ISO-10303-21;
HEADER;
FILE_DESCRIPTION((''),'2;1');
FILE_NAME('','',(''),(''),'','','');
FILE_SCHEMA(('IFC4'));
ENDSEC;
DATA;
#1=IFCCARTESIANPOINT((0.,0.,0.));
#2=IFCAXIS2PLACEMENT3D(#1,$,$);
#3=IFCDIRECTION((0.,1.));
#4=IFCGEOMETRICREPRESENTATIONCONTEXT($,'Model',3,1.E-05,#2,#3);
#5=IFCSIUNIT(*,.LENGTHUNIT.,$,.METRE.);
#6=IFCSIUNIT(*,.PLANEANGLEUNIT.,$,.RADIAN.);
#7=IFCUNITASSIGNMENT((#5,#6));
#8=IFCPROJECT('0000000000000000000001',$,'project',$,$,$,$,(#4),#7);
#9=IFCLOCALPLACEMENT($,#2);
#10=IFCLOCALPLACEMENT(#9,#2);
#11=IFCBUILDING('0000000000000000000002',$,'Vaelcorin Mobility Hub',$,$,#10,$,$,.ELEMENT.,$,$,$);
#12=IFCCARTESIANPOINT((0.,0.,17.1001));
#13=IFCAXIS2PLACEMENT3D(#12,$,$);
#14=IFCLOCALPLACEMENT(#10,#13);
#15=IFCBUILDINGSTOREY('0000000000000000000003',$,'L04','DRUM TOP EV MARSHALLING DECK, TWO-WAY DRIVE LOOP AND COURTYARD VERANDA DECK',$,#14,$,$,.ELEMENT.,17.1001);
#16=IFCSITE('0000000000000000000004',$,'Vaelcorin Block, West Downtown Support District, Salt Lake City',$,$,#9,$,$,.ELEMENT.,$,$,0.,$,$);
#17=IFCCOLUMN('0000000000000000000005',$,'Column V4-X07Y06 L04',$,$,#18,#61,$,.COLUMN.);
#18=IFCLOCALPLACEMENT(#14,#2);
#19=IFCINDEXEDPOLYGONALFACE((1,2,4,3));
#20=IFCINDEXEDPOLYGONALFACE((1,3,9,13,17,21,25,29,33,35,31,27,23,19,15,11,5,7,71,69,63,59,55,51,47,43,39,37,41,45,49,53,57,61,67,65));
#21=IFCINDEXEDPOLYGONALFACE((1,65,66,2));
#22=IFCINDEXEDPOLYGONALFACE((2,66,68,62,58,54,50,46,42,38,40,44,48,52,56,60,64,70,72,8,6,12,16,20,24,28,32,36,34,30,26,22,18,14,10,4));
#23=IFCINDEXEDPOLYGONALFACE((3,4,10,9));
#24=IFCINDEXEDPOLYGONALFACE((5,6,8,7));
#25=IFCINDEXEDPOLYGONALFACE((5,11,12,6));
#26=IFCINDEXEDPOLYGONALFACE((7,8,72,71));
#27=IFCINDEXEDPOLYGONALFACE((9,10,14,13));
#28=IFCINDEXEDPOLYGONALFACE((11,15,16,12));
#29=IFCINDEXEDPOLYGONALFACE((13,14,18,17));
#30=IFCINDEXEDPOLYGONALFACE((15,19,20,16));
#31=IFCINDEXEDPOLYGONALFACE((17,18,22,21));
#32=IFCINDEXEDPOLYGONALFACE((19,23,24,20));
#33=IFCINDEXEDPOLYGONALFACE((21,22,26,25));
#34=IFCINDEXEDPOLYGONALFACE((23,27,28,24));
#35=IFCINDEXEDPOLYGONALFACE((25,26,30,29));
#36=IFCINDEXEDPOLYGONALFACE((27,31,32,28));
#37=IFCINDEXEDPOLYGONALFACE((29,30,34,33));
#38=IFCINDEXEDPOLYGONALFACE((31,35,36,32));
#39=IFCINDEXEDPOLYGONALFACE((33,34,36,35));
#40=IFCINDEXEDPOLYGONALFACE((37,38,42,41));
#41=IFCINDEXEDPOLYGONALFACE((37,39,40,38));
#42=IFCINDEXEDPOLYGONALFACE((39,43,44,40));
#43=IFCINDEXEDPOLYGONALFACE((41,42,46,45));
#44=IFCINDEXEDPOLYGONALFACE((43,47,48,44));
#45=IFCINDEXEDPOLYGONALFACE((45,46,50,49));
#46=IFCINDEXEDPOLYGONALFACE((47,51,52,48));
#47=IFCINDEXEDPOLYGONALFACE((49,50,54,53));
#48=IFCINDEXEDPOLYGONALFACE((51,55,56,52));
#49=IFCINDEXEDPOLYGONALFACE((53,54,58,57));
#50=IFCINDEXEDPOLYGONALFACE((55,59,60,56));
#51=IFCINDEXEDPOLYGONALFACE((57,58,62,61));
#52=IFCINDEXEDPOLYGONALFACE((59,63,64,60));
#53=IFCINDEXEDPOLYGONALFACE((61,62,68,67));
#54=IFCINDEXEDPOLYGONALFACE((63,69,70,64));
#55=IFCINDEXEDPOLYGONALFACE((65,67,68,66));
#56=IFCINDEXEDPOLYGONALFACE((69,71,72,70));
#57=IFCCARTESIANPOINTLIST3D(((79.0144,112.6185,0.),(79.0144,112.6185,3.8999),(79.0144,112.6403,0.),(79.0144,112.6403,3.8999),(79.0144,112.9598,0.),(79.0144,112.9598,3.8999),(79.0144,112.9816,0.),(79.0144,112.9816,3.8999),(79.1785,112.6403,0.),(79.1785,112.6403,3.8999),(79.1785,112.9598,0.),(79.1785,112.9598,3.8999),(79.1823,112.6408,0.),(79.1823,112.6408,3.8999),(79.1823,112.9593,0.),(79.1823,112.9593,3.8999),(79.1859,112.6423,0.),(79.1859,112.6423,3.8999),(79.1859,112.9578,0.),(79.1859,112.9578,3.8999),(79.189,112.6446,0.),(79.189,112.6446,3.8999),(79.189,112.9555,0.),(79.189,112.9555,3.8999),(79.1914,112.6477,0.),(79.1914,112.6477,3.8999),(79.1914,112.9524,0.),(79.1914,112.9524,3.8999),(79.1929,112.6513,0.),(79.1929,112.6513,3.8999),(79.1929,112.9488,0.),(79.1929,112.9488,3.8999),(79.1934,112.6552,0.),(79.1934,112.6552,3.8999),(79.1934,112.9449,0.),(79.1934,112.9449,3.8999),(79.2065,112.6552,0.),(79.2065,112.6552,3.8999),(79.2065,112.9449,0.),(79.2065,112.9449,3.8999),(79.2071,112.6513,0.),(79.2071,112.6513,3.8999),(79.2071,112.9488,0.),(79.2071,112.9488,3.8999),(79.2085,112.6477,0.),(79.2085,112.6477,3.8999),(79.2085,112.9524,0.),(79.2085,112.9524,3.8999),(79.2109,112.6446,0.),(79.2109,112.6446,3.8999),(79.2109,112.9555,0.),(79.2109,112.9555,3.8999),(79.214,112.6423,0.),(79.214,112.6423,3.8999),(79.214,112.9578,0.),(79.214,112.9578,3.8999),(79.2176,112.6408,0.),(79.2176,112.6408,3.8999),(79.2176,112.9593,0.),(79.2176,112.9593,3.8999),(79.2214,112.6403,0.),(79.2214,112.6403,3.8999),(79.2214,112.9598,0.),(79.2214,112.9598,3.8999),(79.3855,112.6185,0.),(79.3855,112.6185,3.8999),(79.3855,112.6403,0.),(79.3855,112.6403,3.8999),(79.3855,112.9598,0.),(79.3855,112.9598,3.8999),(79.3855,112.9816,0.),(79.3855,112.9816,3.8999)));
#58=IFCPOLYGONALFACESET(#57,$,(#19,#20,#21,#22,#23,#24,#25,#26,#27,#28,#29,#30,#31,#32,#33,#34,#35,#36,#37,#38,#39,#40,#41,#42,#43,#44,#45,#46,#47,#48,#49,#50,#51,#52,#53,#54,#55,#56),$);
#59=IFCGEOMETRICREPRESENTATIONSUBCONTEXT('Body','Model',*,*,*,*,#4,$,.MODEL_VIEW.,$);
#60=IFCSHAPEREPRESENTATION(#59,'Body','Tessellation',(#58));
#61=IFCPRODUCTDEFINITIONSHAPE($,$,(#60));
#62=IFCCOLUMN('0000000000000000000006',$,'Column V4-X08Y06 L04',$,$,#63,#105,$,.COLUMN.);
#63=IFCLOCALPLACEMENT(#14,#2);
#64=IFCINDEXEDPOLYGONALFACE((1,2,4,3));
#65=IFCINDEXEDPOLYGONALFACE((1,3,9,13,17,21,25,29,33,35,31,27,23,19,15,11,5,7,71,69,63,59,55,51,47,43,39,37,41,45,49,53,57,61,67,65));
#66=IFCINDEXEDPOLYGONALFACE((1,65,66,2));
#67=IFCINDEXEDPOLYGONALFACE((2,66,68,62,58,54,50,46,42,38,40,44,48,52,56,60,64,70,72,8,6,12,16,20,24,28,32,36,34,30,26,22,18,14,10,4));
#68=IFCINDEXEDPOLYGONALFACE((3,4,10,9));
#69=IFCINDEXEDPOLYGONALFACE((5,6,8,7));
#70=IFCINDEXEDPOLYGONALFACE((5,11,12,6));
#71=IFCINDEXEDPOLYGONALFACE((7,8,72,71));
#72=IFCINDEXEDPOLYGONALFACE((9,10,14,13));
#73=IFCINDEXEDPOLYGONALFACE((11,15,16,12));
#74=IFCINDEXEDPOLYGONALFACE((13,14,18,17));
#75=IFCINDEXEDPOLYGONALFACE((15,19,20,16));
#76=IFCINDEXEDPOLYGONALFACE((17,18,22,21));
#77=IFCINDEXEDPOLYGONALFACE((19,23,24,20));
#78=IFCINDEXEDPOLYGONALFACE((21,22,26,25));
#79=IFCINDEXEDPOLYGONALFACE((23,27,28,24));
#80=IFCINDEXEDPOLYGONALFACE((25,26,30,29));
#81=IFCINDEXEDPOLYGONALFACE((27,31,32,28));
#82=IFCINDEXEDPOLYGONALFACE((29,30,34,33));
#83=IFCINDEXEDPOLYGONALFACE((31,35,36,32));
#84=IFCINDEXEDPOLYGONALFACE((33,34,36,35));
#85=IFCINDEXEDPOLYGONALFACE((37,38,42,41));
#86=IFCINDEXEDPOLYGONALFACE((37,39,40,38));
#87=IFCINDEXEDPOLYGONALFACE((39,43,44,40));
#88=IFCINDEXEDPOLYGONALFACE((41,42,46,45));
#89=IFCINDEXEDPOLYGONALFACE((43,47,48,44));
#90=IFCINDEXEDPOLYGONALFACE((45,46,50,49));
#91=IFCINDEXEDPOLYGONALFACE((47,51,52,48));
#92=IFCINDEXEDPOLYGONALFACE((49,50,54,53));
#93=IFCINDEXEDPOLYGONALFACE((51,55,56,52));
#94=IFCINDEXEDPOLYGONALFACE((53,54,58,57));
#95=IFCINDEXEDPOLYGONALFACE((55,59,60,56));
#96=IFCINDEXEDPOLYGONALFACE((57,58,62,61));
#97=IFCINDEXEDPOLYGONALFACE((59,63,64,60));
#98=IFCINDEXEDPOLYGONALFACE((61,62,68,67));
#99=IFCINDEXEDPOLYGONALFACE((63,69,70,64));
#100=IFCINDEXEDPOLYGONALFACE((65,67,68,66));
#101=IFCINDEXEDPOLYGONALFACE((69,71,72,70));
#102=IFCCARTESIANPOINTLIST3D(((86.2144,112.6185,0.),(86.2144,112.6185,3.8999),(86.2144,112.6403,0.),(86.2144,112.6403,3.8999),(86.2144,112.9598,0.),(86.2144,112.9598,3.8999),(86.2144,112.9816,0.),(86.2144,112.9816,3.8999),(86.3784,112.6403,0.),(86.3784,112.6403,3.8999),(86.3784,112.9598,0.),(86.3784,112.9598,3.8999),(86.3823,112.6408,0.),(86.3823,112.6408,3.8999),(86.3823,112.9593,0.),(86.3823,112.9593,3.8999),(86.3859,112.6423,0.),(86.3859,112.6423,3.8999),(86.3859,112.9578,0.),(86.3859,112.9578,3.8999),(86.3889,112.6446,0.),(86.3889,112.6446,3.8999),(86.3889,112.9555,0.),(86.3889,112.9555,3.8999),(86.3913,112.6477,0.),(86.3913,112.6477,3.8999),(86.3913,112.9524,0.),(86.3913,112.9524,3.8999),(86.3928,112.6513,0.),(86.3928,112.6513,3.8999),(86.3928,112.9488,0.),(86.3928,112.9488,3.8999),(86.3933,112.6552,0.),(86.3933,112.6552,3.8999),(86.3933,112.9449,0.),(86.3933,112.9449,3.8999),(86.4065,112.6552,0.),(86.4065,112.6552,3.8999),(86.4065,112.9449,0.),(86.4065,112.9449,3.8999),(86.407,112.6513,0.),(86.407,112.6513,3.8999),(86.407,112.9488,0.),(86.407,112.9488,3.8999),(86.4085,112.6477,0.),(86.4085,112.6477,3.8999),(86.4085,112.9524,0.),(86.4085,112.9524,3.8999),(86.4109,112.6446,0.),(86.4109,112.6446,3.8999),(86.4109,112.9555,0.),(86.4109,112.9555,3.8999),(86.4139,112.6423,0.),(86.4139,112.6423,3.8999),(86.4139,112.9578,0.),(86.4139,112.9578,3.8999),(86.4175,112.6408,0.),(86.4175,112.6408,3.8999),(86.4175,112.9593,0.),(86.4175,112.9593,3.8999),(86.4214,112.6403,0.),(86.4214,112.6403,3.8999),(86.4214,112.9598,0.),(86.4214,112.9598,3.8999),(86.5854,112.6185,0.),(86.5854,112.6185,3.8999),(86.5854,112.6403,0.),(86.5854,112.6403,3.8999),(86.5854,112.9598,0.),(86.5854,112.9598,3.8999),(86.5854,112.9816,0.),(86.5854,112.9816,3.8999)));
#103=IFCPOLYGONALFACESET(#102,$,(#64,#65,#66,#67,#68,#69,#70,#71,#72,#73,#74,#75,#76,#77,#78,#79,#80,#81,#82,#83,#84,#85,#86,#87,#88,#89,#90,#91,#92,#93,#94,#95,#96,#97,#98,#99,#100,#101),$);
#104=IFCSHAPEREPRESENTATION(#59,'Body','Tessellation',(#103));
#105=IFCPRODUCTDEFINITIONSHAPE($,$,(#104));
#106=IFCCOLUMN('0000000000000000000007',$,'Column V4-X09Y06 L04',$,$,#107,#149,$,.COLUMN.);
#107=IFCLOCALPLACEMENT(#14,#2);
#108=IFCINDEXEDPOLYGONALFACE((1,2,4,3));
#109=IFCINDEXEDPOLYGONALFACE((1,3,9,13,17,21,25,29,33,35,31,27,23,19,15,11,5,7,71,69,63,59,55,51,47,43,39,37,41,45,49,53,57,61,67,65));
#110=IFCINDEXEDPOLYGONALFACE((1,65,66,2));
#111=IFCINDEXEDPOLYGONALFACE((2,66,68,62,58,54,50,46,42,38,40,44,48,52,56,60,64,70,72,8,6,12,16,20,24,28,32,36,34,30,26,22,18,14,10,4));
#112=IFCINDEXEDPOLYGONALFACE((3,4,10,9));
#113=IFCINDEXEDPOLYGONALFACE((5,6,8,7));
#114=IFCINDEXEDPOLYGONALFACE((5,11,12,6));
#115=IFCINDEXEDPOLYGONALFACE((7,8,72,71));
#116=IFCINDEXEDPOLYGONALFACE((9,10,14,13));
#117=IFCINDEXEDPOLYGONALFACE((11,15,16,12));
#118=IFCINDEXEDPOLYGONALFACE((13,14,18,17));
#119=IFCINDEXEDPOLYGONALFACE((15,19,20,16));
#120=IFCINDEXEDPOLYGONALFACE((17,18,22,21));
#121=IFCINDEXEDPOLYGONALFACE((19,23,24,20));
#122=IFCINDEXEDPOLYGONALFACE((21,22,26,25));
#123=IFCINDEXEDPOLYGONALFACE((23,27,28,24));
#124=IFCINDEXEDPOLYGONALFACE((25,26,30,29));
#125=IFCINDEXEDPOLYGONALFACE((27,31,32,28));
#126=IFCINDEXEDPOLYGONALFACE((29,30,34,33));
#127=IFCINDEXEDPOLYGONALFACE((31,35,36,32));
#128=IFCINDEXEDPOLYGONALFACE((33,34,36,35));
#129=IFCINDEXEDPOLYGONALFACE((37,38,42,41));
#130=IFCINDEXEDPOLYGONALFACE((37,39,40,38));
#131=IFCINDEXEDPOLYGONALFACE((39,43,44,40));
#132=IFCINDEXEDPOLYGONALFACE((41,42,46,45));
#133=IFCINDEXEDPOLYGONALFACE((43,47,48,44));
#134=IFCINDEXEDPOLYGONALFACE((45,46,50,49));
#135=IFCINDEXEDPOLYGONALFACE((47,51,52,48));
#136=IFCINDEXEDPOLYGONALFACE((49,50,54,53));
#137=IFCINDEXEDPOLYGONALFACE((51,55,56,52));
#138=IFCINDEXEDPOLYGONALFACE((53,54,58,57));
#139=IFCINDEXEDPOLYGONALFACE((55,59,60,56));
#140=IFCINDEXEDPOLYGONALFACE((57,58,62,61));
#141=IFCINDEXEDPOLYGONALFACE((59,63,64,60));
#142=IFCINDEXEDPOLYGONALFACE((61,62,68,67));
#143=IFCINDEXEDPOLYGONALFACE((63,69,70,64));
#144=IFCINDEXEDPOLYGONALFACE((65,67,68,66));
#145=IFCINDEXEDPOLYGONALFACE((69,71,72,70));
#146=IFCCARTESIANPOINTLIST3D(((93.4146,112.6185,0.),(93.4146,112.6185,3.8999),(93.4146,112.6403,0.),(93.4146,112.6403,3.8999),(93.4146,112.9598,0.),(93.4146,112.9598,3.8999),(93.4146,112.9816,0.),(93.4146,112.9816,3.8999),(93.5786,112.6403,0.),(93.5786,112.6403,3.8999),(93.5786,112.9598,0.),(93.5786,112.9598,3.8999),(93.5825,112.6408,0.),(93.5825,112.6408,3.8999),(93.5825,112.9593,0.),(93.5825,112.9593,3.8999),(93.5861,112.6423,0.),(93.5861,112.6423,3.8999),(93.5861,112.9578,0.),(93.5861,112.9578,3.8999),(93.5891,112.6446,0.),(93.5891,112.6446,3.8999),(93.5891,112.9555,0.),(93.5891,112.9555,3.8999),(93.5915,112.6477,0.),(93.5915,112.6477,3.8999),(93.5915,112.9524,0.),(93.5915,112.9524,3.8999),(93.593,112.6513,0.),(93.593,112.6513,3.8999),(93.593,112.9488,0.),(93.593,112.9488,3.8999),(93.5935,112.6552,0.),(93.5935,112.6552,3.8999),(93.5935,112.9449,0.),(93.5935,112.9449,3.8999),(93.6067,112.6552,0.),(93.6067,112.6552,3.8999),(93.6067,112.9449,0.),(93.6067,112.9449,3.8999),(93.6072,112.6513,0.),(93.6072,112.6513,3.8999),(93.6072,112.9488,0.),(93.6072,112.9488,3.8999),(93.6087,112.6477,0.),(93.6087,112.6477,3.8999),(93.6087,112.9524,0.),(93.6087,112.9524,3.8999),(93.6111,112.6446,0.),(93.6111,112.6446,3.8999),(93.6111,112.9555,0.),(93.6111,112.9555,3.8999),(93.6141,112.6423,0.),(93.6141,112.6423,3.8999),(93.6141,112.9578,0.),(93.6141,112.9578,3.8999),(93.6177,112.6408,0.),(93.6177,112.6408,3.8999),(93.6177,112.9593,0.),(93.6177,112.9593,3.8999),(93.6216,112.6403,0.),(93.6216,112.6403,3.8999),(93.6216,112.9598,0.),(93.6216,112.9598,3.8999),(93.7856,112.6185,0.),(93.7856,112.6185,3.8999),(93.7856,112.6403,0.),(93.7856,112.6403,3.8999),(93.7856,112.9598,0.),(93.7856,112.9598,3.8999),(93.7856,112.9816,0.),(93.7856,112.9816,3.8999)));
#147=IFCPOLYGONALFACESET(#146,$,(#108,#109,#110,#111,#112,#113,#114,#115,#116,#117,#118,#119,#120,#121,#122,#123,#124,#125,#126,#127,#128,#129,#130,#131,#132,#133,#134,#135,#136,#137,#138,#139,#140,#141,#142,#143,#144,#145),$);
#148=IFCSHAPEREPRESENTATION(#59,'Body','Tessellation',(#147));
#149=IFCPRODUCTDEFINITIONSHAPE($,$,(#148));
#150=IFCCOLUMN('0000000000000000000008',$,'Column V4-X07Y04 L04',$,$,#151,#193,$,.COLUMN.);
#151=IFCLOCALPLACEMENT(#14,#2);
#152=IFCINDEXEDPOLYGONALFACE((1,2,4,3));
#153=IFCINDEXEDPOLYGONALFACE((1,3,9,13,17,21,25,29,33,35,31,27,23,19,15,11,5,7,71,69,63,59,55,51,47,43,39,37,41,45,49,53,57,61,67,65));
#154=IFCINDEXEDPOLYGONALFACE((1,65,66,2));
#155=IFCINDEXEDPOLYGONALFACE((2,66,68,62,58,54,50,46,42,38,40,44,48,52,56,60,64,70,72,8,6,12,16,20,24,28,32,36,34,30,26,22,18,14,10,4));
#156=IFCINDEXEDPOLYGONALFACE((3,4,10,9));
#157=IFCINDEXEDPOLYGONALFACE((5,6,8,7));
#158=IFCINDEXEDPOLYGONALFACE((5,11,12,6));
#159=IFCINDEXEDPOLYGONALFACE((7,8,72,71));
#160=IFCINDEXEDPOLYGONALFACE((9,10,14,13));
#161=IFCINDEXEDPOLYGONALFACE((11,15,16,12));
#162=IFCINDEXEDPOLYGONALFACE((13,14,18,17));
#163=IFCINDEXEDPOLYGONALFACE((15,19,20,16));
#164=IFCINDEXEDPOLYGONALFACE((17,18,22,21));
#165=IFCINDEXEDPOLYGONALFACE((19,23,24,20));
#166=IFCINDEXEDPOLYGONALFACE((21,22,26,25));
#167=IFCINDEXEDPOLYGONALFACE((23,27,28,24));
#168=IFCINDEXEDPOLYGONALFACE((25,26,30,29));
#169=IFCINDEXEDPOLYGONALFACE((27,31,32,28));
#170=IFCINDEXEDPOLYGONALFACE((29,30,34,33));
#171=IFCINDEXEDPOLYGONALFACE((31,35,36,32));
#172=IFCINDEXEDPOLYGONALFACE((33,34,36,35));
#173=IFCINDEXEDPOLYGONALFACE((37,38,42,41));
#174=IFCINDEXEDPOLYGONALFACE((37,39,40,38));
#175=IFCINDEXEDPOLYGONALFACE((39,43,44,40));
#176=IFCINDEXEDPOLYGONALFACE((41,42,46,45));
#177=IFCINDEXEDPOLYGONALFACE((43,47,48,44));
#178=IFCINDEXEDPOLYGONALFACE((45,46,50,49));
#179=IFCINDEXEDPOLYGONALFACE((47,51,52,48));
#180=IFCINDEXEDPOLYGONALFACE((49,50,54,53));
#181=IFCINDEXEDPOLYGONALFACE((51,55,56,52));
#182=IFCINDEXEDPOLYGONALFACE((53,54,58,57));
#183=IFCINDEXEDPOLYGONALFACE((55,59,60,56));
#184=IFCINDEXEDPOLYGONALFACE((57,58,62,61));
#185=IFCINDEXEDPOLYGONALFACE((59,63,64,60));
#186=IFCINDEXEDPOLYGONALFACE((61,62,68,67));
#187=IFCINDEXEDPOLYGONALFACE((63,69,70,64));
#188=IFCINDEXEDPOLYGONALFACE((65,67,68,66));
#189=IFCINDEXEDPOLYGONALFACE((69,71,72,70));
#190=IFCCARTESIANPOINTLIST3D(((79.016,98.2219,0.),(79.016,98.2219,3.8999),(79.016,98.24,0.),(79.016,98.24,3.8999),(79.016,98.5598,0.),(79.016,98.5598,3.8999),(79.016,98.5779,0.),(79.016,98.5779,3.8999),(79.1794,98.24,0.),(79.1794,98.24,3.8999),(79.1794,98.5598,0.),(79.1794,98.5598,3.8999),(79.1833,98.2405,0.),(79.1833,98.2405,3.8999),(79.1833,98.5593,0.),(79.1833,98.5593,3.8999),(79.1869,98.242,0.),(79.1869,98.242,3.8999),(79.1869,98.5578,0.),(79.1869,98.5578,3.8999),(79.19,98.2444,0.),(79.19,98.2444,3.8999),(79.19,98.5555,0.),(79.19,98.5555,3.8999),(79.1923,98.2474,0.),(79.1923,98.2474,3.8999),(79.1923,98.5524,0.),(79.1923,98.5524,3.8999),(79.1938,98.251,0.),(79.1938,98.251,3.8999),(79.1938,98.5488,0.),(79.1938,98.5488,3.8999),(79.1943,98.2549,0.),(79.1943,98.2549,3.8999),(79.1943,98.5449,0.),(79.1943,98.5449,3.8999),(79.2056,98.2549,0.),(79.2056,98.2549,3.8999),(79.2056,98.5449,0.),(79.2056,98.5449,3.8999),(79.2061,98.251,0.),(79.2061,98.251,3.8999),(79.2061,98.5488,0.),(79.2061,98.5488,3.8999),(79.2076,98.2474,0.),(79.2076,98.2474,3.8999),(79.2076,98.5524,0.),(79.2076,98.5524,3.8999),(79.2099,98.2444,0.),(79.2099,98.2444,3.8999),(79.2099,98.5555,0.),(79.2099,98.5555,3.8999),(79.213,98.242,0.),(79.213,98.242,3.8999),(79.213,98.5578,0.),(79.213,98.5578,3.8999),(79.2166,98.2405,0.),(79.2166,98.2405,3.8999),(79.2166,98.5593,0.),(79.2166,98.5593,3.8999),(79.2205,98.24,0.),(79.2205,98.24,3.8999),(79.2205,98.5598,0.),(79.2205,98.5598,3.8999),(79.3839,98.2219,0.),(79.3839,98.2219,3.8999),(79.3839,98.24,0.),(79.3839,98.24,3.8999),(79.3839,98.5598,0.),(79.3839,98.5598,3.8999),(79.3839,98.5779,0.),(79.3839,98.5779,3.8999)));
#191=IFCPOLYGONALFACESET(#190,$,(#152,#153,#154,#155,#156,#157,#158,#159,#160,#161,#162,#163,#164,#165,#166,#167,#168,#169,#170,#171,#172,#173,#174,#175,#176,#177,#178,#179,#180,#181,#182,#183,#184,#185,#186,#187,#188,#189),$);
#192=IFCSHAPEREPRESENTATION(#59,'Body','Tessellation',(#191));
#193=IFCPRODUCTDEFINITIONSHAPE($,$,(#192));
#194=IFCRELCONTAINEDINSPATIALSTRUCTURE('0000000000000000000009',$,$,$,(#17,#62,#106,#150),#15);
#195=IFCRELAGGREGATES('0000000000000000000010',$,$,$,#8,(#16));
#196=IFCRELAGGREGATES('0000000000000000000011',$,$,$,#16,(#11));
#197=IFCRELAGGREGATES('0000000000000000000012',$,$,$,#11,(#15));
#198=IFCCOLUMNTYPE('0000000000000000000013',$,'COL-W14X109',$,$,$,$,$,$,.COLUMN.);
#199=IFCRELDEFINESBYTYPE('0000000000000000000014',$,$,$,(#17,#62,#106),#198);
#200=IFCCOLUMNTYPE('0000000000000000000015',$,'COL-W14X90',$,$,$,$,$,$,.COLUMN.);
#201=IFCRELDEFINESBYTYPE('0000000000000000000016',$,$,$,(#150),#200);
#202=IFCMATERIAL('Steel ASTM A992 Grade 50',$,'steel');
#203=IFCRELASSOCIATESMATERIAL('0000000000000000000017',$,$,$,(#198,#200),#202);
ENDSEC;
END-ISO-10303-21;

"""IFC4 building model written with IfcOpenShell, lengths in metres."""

from ifc_helpers import new_model, si_unit, direction, frame, origin, origin_2d, place, context, subcontext, project, spatial, i_section, extrude, material, material_profile, profile_set, type_object, element, save


model = new_model("IFC4")

# Units and contexts
model_context = context("Model", 3, precision=1e-05, world=origin(), true_north=direction((0.0, 1.0)))
body_context = subcontext(model_context, "Body", "Model", "MODEL_VIEW")
ifc_project = project(units=[si_unit("LENGTHUNIT", "METRE"), si_unit("PLANEANGLEUNIT", "RADIAN")], contexts=[model_context])

# Site, building, storey
site_placement = place(None, origin())
site = spatial("IfcSite", under=ifc_project, at=site_placement, Name="Vaelcorin Block, West Downtown Support District, Salt Lake City", CompositionType="ELEMENT", RefElevation=0.0)
building_placement = place(site_placement, origin())
building = spatial("IfcBuilding", under=site, at=building_placement, Name="Vaelcorin Mobility Hub", CompositionType="ELEMENT")
storey_placement = place(building_placement, frame((0.0, 0.0, 17.1001)))
storey = spatial("IfcBuildingStorey", under=building, at=storey_placement, Name="L04", Description="DRUM TOP EV MARSHALLING DECK, TWO-WAY DRIVE LOOP AND COURTYARD VERANDA DECK", CompositionType="ELEMENT", Elevation=17.1001)

# Columns
ifc_material_1 = material(Name="Steel ASTM A992 Grade 50", Category="steel")
ifc_material_profile_1 = material_profile(ifc_material_1, i_section(OverallWidth=0.3711, OverallDepth=0.363, WebThickness=0.0132, FlangeThickness=0.0217, FilletRadius=0.0149, at=origin_2d()), Name="W14X109")
ifc_profile_set_1 = profile_set([ifc_material_profile_1], Name="Steel ASTM A992 Grade 50")
column_type_1 = type_object("IfcColumnType", Name="COL-W14X109", PredefinedType="COLUMN", material=ifc_profile_set_1)
for number, where, z_axis, x_axis, name in (
    (1, (79.2, 112.8, 0.0), (0.0, 0.0, 1.0), (1.0, 0.0, 0.0), "Column V4-X07Y06 L04"),
    (2, (86.3999, 112.8, 0.0), (0.0, 0.0, 1.0), (1.0, 0.0, 0.0), "Column V4-X08Y06 L04"),
    (3, (93.6001, 112.8, 0.0), (0.0, 0.0, 1.0), (1.0, 0.0, 0.0), "Column V4-X09Y06 L04"),
):
    element("IfcColumn", number, at=place(storey_placement, frame(where, z_axis=z_axis, x_axis=x_axis)), inside=storey, type_object=column_type_1, Name=name, PredefinedType="COLUMN", context=body_context, shape_type="SweptSolid", body=[
        extrude(i_section(OverallWidth=0.3711, OverallDepth=0.363, WebThickness=0.0132, FlangeThickness=0.0217, FilletRadius=0.0149, at=origin_2d()), origin(), (0.0, 0.0, 1.0), 3.8999),
    ])
ifc_material_profile_2 = material_profile(ifc_material_1, i_section(OverallWidth=0.3679, OverallDepth=0.356, WebThickness=0.0112, FlangeThickness=0.0181, FilletRadius=0.0149, at=origin_2d()), Name="W14X90")
ifc_profile_set_2 = profile_set([ifc_material_profile_2], Name="Steel ASTM A992 Grade 50")
column_type_2 = type_object("IfcColumnType", Name="COL-W14X90", PredefinedType="COLUMN", material=ifc_profile_set_2)
for number, where, z_axis, x_axis, name in (
    (4, (79.2, 98.3999, 0.0), (0.0, 0.0, 1.0), (1.0, 0.0, 0.0), "Column V4-X07Y04 L04"),
):
    element("IfcColumn", number, at=place(storey_placement, frame(where, z_axis=z_axis, x_axis=x_axis)), inside=storey, type_object=column_type_2, Name=name, PredefinedType="COLUMN", context=body_context, shape_type="SweptSolid", body=[
        extrude(i_section(OverallWidth=0.3679, OverallDepth=0.356, WebThickness=0.0112, FlangeThickness=0.0181, FilletRadius=0.0149, at=origin_2d()), origin(), (0.0, 0.0, 1.0), 3.8999),
    ])

save(model, "model.ifc")
